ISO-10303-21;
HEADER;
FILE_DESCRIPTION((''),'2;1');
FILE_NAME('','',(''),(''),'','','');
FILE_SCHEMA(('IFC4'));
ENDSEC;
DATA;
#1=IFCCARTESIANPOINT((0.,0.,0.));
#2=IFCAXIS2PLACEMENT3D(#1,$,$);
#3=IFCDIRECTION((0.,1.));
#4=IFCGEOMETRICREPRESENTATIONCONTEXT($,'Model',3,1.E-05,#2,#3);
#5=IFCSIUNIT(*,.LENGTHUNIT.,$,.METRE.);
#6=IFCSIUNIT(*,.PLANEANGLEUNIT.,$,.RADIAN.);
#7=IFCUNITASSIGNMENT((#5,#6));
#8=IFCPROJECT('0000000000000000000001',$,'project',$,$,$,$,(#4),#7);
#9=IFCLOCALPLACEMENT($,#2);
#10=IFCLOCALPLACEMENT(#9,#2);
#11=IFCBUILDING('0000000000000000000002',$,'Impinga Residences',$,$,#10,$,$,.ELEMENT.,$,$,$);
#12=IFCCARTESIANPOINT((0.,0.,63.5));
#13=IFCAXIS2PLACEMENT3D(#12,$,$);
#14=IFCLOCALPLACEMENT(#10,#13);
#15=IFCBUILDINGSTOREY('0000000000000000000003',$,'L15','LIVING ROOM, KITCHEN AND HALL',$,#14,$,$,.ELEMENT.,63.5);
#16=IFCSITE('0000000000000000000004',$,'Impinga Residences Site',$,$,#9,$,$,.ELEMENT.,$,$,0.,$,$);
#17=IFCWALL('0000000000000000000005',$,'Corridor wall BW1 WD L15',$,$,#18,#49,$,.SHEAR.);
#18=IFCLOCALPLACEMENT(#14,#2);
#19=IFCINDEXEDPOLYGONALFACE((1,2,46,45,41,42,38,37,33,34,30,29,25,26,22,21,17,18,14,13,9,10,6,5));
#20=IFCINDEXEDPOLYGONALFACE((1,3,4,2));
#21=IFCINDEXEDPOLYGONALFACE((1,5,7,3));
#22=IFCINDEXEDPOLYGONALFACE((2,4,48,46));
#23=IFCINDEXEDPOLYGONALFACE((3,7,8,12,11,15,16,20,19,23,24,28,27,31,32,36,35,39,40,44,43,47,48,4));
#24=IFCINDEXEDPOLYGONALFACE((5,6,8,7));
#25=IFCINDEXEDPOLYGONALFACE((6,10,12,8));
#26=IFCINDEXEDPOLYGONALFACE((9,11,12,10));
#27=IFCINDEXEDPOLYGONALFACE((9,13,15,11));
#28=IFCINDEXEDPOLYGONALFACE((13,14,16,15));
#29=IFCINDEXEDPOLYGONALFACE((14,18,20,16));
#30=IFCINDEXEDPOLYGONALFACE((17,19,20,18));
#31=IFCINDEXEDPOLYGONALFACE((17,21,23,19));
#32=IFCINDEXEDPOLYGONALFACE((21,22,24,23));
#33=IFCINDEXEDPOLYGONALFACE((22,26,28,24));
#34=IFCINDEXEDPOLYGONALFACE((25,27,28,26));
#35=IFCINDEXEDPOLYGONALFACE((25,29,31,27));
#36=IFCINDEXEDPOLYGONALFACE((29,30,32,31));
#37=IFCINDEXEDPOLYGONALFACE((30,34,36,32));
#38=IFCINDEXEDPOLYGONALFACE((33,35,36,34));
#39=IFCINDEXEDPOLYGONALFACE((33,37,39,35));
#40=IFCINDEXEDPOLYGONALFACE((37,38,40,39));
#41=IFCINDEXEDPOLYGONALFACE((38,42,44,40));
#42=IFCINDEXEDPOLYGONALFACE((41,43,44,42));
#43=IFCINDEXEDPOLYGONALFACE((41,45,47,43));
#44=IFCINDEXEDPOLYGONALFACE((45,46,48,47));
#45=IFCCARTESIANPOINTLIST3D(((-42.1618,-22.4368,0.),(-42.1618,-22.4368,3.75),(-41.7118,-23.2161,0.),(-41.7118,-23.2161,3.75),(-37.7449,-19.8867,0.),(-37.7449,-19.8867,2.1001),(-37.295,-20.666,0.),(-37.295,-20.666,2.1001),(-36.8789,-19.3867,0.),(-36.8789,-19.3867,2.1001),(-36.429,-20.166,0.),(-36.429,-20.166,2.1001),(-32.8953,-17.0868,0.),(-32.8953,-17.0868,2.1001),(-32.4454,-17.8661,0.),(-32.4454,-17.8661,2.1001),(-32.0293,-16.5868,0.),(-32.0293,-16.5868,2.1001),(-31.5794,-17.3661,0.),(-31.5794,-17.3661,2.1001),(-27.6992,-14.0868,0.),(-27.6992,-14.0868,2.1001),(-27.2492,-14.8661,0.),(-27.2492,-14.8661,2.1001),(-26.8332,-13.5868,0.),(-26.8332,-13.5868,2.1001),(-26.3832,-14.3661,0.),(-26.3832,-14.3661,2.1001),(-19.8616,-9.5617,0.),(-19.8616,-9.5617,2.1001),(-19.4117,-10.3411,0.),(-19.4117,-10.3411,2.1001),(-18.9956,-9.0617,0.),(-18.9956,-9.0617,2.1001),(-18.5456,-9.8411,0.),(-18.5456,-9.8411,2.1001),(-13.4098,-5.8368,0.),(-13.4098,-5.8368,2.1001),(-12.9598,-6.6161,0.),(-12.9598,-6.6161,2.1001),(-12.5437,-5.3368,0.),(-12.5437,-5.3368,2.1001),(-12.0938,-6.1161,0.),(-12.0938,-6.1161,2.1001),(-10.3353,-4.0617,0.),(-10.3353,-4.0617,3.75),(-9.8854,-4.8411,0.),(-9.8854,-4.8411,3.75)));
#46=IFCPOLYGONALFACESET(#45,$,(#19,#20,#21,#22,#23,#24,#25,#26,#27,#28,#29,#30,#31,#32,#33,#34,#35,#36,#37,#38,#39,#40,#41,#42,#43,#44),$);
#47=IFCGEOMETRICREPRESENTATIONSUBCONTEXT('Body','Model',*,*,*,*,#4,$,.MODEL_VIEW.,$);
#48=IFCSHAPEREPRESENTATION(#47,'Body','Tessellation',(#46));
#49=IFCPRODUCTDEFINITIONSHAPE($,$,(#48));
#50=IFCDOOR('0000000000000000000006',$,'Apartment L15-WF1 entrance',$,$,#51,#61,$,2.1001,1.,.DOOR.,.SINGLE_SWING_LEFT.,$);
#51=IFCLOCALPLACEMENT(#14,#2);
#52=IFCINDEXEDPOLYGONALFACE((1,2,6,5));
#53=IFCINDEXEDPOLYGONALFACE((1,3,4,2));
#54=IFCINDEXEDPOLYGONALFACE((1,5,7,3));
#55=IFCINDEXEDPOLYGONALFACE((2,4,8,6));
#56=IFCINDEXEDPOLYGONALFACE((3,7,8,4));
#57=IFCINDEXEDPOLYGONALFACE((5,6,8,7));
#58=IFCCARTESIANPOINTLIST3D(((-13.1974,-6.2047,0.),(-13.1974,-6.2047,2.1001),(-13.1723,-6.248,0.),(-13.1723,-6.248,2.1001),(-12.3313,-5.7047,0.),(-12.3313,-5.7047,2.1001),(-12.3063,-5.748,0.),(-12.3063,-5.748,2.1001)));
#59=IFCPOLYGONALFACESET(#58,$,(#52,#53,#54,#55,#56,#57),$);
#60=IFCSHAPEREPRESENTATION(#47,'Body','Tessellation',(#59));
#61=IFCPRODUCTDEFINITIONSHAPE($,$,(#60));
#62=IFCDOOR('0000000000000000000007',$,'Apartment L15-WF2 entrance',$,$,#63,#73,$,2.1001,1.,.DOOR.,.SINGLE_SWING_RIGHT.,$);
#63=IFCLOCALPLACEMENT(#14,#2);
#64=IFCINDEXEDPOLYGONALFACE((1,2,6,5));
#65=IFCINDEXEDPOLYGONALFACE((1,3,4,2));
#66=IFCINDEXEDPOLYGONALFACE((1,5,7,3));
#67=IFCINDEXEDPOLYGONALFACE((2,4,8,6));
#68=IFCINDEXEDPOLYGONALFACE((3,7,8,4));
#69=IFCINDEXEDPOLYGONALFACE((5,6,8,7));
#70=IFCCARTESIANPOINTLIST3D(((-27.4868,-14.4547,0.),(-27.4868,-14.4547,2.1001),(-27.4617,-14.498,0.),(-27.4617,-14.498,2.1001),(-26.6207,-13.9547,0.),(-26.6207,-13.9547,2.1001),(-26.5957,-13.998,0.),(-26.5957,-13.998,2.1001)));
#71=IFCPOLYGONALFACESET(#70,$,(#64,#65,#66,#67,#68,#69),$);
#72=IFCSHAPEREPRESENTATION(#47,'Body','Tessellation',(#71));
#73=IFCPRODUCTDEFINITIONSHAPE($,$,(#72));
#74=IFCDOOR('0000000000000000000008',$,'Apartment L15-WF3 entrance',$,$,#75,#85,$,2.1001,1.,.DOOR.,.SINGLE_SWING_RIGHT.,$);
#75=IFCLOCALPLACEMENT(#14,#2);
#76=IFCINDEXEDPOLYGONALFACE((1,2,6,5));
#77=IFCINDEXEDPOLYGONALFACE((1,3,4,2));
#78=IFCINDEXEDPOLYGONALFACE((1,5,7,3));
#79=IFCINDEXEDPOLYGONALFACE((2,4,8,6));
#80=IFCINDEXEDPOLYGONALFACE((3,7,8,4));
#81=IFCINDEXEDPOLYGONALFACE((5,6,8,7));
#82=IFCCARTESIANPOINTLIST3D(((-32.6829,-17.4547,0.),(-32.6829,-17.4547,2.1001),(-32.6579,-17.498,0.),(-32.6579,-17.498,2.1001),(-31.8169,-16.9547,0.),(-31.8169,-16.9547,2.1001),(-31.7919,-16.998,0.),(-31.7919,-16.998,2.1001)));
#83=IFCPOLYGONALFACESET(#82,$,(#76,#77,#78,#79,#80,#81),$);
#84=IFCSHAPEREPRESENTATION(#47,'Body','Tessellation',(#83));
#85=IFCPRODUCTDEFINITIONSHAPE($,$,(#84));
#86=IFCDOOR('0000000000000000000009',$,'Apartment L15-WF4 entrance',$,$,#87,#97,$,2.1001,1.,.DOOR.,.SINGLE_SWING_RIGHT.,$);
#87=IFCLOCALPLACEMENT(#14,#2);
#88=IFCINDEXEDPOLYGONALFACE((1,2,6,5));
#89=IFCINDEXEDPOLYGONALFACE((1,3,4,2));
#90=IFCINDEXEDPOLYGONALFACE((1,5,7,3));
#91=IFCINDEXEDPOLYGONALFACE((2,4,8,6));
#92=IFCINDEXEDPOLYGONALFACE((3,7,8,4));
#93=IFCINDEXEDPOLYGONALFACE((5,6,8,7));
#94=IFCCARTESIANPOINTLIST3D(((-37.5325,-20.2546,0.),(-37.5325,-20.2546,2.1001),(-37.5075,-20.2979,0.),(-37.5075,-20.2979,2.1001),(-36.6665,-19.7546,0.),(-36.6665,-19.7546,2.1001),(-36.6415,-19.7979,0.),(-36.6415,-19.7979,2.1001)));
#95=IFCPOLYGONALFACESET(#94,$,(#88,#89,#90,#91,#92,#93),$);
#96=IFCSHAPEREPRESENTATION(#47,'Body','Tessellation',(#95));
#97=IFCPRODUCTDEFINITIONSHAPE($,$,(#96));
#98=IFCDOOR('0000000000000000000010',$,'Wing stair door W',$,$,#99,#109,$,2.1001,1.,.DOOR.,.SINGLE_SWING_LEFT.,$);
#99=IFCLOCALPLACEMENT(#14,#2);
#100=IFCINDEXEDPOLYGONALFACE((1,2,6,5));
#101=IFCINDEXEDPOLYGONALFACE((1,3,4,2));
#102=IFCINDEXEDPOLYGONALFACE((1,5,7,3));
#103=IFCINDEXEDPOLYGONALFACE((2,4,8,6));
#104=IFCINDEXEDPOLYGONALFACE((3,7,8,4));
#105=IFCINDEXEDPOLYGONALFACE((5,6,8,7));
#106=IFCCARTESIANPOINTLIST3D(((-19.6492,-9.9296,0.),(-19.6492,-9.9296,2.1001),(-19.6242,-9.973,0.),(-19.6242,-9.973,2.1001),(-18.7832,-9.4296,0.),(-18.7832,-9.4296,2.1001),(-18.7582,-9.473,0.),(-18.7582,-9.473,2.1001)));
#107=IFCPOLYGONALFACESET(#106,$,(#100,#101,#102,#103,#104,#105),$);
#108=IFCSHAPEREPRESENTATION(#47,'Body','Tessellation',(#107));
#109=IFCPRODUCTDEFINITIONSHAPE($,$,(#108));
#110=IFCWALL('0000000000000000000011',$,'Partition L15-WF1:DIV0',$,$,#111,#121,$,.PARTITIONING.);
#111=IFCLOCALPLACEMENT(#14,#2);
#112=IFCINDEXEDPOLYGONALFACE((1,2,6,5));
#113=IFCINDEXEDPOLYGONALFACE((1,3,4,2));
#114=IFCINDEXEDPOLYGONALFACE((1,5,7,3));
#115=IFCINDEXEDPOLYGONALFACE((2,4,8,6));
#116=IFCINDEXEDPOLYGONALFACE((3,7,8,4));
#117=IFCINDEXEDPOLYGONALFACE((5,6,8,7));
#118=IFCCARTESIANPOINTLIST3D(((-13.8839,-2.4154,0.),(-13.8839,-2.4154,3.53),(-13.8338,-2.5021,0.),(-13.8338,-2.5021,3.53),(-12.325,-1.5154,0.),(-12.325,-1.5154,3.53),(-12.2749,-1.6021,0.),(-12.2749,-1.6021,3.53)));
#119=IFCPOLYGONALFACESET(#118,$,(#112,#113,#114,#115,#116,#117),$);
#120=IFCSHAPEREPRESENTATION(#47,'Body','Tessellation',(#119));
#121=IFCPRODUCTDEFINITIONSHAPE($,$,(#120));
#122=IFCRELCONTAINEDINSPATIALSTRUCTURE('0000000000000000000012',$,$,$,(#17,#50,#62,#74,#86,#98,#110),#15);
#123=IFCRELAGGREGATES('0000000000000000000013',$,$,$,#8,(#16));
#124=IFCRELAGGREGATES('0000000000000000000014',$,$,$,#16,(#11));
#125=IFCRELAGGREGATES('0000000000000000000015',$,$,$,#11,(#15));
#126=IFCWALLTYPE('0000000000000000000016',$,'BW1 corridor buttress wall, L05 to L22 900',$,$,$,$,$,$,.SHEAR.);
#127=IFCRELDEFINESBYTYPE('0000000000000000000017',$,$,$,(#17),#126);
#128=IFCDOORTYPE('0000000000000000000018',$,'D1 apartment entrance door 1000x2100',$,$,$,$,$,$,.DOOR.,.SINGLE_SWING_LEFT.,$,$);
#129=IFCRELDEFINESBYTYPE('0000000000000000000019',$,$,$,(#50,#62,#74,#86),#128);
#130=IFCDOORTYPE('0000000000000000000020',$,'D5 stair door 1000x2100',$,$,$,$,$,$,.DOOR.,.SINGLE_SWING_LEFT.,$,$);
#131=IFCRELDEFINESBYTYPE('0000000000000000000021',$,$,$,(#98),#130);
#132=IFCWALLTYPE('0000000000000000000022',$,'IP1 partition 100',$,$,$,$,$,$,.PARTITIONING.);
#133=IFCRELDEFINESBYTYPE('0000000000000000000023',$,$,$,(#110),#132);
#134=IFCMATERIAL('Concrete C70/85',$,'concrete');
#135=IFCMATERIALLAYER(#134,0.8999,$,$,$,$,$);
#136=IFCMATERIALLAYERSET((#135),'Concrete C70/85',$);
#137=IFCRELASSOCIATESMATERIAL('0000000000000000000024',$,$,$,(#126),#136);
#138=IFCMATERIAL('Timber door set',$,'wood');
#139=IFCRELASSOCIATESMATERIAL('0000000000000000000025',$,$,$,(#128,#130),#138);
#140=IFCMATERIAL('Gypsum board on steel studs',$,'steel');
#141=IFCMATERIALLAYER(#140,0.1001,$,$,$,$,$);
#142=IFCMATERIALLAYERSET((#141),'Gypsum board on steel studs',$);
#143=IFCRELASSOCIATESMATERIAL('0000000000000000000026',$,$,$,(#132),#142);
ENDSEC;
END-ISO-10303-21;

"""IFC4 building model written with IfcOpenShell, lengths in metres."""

from ifc_helpers import new_model, si_unit, direction, frame, frame_2d, origin, place, context, subcontext, project, spatial, rectangle, extrude, material, layer, layer_set, type_object, element, fill, save


model = new_model("IFC4")

# Units and contexts
model_context = context("Model", 3, precision=1e-05, world=origin(), true_north=direction((0.0, 1.0)))
body_context = subcontext(model_context, "Body", "Model", "MODEL_VIEW")
ifc_project = project(units=[si_unit("LENGTHUNIT", "METRE"), si_unit("PLANEANGLEUNIT", "RADIAN")], contexts=[model_context])

# Site, building, storey
site_placement = place(None, origin())
site = spatial("IfcSite", under=ifc_project, at=site_placement, Name="Impinga Residences Site", CompositionType="ELEMENT", RefElevation=0.0)
building_placement = place(site_placement, origin())
building = spatial("IfcBuilding", under=site, at=building_placement, Name="Impinga Residences", CompositionType="ELEMENT")
storey_placement = place(building_placement, frame((0.0, 0.0, 63.5)))
storey = spatial("IfcBuildingStorey", under=building, at=storey_placement, Name="L15", Description="LIVING ROOM, KITCHEN AND HALL", CompositionType="ELEMENT", Elevation=63.5)

# Wall, openings, doors
ifc_material_1 = material(Name="Concrete C70/85", Category="concrete")
ifc_layer_1 = layer(ifc_material_1, 0.8999)
ifc_layer_set_1 = layer_set([ifc_layer_1], Name="Concrete C70/85")
wall_type_1 = type_object("IfcWallType", Name="BW1 corridor buttress wall, L05 to L22 900", PredefinedType="SHEAR", material=ifc_layer_set_1)
wall_1_placement = place(storey_placement, frame((-10.1104, -4.4514, 0.0), z_axis=(0.0, 0.0, 1.0), x_axis=(-0.866025, -0.5, 0.0)))
wall_1 = element("IfcWall", 1, at=wall_1_placement, inside=storey, type_object=wall_type_1, Name="Corridor wall BW1 WD L15", PredefinedType="SHEAR", context=body_context, shape_type="SweptSolid", body=[
    extrude(rectangle(XDim=36.75, YDim=0.8999, at=frame_2d((18.375, 0.0))), origin(), (0.0, 0.0, 1.0), 3.75),
])
opening_1_placement = place(wall_1_placement, frame((10.0, 0.0, 0.0)))
opening_1 = element("IfcOpeningElement", 2, at=opening_1_placement, cuts=wall_1, PredefinedType="OPENING", context=body_context, shape_type="SweptSolid", body=[
    extrude(rectangle(XDim=1.0, YDim=2.1001, at=frame_2d((0.5, 1.05))), frame((0.0, 0.46, 0.0), z_axis=(0.0, -1.0, 0.0), x_axis=(1.0, 0.0, 0.0)), (0.0, 0.0, 1.0), 0.9199),
])
opening_2_placement = place(wall_1_placement, frame((2.55, 0.0, 0.0)))
opening_2 = element("IfcOpeningElement", 3, at=opening_2_placement, cuts=wall_1, PredefinedType="OPENING", context=body_context, shape_type="SweptSolid", body=[
    extrude(rectangle(XDim=1.0, YDim=2.1001, at=frame_2d((0.5, 1.05))), frame((0.0, 0.46, 0.0), z_axis=(0.0, -1.0, 0.0), x_axis=(1.0, 0.0, 0.0)), (0.0, 0.0, 1.0), 0.9199),
])
opening_3_placement = place(wall_1_placement, frame((19.05, 0.0, 0.0)))
opening_3 = element("IfcOpeningElement", 4, at=opening_3_placement, cuts=wall_1, PredefinedType="OPENING", context=body_context, shape_type="SweptSolid", body=[
    extrude(rectangle(XDim=1.0, YDim=2.1001, at=frame_2d((0.5, 1.05))), frame((0.0, 0.46, 0.0), z_axis=(0.0, -1.0, 0.0), x_axis=(1.0, 0.0, 0.0)), (0.0, 0.0, 1.0), 0.9199),
])
opening_4_placement = place(wall_1_placement, frame((25.05, 0.0, 0.0)))
opening_4 = element("IfcOpeningElement", 5, at=opening_4_placement, cuts=wall_1, PredefinedType="OPENING", context=body_context, shape_type="SweptSolid", body=[
    extrude(rectangle(XDim=1.0, YDim=2.1001, at=frame_2d((0.5, 1.05))), frame((0.0, 0.46, 0.0), z_axis=(0.0, -1.0, 0.0), x_axis=(1.0, 0.0, 0.0)), (0.0, 0.0, 1.0), 0.9199),
])
opening_5_placement = place(wall_1_placement, frame((30.6499, 0.0, 0.0)))
opening_5 = element("IfcOpeningElement", 6, at=opening_5_placement, cuts=wall_1, PredefinedType="OPENING", context=body_context, shape_type="SweptSolid", body=[
    extrude(rectangle(XDim=1.0, YDim=2.1001, at=frame_2d((0.5, 1.05))), frame((0.0, 0.46, 0.0), z_axis=(0.0, -1.0, 0.0), x_axis=(1.0, 0.0, 0.0)), (0.0, 0.0, 1.0), 0.9199),
])
ifc_material_2 = material(Name="Timber door set", Category="wood")
door_type_1 = type_object("IfcDoorType", Name="D1 apartment entrance door 1000x2100", OperationType="SINGLE_SWING_LEFT", PredefinedType="DOOR", material=ifc_material_2)
door_1_placement = place(opening_2_placement, origin())
door_1 = element("IfcDoor", 7, at=door_1_placement, inside=storey, type_object=door_type_1, Name="Apartment L15-WF1 entrance", OperationType="SINGLE_SWING_LEFT", OverallHeight=2.1001, OverallWidth=1.0, PredefinedType="DOOR", context=body_context, shape_type="SweptSolid", body=[
    extrude(rectangle(XDim=1.0, YDim=2.1001, at=frame_2d((0.5, 1.05))), frame((0.0, 0.0249, 0.0), z_axis=(0.0, -1.0, 0.0), x_axis=(1.0, 0.0, 0.0)), (0.0, 0.0, 1.0), 0.05),
])
fill(opening_2, door_1)
door_2_placement = place(opening_3_placement, origin())
door_2 = element("IfcDoor", 8, at=door_2_placement, inside=storey, type_object=door_type_1, Name="Apartment L15-WF2 entrance", OperationType="SINGLE_SWING_RIGHT", OverallHeight=2.1001, OverallWidth=1.0, PredefinedType="DOOR", context=body_context, shape_type="SweptSolid", body=[
    extrude(rectangle(XDim=1.0, YDim=2.1001, at=frame_2d((0.5, 1.05))), frame((0.0, 0.0249, 0.0), z_axis=(0.0, -1.0, 0.0), x_axis=(1.0, 0.0, 0.0)), (0.0, 0.0, 1.0), 0.05),
])
fill(opening_3, door_2)
door_3_placement = place(opening_4_placement, origin())
door_3 = element("IfcDoor", 9, at=door_3_placement, inside=storey, type_object=door_type_1, Name="Apartment L15-WF3 entrance", OperationType="SINGLE_SWING_RIGHT", OverallHeight=2.1001, OverallWidth=1.0, PredefinedType="DOOR", context=body_context, shape_type="SweptSolid", body=[
    extrude(rectangle(XDim=1.0, YDim=2.1001, at=frame_2d((0.5, 1.05))), frame((0.0, 0.0249, 0.0), z_axis=(0.0, -1.0, 0.0), x_axis=(1.0, 0.0, 0.0)), (0.0, 0.0, 1.0), 0.05),
])
fill(opening_4, door_3)
door_4_placement = place(opening_5_placement, origin())
door_4 = element("IfcDoor", 10, at=door_4_placement, inside=storey, type_object=door_type_1, Name="Apartment L15-WF4 entrance", OperationType="SINGLE_SWING_RIGHT", OverallHeight=2.1001, OverallWidth=1.0, PredefinedType="DOOR", context=body_context, shape_type="SweptSolid", body=[
    extrude(rectangle(XDim=1.0, YDim=2.1001, at=frame_2d((0.5, 1.05))), frame((0.0, 0.0249, 0.0), z_axis=(0.0, -1.0, 0.0), x_axis=(1.0, 0.0, 0.0)), (0.0, 0.0, 1.0), 0.05),
])
fill(opening_5, door_4)
door_type_2 = type_object("IfcDoorType", Name="D5 stair door 1000x2100", OperationType="SINGLE_SWING_LEFT", PredefinedType="DOOR", material=ifc_material_2)
door_5_placement = place(opening_1_placement, origin())
door_5 = element("IfcDoor", 11, at=door_5_placement, inside=storey, type_object=door_type_2, Name="Wing stair door W", OperationType="SINGLE_SWING_LEFT", OverallHeight=2.1001, OverallWidth=1.0, PredefinedType="DOOR", context=body_context, shape_type="SweptSolid", body=[
    extrude(rectangle(XDim=1.0, YDim=2.1001, at=frame_2d((0.5, 1.05))), frame((0.0, 0.0249, 0.0), z_axis=(0.0, -1.0, 0.0), x_axis=(1.0, 0.0, 0.0)), (0.0, 0.0, 1.0), 0.05),
])
fill(opening_1, door_5)

# Wall
ifc_material_3 = material(Name="Gypsum board on steel studs", Category="steel")
ifc_layer_2 = layer(ifc_material_3, 0.1001)
ifc_layer_set_2 = layer_set([ifc_layer_2], Name="Gypsum board on steel studs")
wall_type_2 = type_object("IfcWallType", Name="IP1 partition 100", PredefinedType="PARTITIONING", material=ifc_layer_set_2)
wall_2_placement = place(storey_placement, frame((-12.3, -1.5588, 0.0), z_axis=(0.0, 0.0, 1.0), x_axis=(-0.866048, -0.499961, 0.0)))
element("IfcWall", 12, at=wall_2_placement, inside=storey, type_object=wall_type_2, Name="Partition L15-WF1:DIV0", PredefinedType="PARTITIONING", context=body_context, shape_type="SweptSolid", body=[
    extrude(rectangle(XDim=1.8, YDim=0.1001, at=frame_2d((0.8999, 0.0))), origin(), (0.0, 0.0, 1.0), 3.53),
])

save(model, "model.ifc")
